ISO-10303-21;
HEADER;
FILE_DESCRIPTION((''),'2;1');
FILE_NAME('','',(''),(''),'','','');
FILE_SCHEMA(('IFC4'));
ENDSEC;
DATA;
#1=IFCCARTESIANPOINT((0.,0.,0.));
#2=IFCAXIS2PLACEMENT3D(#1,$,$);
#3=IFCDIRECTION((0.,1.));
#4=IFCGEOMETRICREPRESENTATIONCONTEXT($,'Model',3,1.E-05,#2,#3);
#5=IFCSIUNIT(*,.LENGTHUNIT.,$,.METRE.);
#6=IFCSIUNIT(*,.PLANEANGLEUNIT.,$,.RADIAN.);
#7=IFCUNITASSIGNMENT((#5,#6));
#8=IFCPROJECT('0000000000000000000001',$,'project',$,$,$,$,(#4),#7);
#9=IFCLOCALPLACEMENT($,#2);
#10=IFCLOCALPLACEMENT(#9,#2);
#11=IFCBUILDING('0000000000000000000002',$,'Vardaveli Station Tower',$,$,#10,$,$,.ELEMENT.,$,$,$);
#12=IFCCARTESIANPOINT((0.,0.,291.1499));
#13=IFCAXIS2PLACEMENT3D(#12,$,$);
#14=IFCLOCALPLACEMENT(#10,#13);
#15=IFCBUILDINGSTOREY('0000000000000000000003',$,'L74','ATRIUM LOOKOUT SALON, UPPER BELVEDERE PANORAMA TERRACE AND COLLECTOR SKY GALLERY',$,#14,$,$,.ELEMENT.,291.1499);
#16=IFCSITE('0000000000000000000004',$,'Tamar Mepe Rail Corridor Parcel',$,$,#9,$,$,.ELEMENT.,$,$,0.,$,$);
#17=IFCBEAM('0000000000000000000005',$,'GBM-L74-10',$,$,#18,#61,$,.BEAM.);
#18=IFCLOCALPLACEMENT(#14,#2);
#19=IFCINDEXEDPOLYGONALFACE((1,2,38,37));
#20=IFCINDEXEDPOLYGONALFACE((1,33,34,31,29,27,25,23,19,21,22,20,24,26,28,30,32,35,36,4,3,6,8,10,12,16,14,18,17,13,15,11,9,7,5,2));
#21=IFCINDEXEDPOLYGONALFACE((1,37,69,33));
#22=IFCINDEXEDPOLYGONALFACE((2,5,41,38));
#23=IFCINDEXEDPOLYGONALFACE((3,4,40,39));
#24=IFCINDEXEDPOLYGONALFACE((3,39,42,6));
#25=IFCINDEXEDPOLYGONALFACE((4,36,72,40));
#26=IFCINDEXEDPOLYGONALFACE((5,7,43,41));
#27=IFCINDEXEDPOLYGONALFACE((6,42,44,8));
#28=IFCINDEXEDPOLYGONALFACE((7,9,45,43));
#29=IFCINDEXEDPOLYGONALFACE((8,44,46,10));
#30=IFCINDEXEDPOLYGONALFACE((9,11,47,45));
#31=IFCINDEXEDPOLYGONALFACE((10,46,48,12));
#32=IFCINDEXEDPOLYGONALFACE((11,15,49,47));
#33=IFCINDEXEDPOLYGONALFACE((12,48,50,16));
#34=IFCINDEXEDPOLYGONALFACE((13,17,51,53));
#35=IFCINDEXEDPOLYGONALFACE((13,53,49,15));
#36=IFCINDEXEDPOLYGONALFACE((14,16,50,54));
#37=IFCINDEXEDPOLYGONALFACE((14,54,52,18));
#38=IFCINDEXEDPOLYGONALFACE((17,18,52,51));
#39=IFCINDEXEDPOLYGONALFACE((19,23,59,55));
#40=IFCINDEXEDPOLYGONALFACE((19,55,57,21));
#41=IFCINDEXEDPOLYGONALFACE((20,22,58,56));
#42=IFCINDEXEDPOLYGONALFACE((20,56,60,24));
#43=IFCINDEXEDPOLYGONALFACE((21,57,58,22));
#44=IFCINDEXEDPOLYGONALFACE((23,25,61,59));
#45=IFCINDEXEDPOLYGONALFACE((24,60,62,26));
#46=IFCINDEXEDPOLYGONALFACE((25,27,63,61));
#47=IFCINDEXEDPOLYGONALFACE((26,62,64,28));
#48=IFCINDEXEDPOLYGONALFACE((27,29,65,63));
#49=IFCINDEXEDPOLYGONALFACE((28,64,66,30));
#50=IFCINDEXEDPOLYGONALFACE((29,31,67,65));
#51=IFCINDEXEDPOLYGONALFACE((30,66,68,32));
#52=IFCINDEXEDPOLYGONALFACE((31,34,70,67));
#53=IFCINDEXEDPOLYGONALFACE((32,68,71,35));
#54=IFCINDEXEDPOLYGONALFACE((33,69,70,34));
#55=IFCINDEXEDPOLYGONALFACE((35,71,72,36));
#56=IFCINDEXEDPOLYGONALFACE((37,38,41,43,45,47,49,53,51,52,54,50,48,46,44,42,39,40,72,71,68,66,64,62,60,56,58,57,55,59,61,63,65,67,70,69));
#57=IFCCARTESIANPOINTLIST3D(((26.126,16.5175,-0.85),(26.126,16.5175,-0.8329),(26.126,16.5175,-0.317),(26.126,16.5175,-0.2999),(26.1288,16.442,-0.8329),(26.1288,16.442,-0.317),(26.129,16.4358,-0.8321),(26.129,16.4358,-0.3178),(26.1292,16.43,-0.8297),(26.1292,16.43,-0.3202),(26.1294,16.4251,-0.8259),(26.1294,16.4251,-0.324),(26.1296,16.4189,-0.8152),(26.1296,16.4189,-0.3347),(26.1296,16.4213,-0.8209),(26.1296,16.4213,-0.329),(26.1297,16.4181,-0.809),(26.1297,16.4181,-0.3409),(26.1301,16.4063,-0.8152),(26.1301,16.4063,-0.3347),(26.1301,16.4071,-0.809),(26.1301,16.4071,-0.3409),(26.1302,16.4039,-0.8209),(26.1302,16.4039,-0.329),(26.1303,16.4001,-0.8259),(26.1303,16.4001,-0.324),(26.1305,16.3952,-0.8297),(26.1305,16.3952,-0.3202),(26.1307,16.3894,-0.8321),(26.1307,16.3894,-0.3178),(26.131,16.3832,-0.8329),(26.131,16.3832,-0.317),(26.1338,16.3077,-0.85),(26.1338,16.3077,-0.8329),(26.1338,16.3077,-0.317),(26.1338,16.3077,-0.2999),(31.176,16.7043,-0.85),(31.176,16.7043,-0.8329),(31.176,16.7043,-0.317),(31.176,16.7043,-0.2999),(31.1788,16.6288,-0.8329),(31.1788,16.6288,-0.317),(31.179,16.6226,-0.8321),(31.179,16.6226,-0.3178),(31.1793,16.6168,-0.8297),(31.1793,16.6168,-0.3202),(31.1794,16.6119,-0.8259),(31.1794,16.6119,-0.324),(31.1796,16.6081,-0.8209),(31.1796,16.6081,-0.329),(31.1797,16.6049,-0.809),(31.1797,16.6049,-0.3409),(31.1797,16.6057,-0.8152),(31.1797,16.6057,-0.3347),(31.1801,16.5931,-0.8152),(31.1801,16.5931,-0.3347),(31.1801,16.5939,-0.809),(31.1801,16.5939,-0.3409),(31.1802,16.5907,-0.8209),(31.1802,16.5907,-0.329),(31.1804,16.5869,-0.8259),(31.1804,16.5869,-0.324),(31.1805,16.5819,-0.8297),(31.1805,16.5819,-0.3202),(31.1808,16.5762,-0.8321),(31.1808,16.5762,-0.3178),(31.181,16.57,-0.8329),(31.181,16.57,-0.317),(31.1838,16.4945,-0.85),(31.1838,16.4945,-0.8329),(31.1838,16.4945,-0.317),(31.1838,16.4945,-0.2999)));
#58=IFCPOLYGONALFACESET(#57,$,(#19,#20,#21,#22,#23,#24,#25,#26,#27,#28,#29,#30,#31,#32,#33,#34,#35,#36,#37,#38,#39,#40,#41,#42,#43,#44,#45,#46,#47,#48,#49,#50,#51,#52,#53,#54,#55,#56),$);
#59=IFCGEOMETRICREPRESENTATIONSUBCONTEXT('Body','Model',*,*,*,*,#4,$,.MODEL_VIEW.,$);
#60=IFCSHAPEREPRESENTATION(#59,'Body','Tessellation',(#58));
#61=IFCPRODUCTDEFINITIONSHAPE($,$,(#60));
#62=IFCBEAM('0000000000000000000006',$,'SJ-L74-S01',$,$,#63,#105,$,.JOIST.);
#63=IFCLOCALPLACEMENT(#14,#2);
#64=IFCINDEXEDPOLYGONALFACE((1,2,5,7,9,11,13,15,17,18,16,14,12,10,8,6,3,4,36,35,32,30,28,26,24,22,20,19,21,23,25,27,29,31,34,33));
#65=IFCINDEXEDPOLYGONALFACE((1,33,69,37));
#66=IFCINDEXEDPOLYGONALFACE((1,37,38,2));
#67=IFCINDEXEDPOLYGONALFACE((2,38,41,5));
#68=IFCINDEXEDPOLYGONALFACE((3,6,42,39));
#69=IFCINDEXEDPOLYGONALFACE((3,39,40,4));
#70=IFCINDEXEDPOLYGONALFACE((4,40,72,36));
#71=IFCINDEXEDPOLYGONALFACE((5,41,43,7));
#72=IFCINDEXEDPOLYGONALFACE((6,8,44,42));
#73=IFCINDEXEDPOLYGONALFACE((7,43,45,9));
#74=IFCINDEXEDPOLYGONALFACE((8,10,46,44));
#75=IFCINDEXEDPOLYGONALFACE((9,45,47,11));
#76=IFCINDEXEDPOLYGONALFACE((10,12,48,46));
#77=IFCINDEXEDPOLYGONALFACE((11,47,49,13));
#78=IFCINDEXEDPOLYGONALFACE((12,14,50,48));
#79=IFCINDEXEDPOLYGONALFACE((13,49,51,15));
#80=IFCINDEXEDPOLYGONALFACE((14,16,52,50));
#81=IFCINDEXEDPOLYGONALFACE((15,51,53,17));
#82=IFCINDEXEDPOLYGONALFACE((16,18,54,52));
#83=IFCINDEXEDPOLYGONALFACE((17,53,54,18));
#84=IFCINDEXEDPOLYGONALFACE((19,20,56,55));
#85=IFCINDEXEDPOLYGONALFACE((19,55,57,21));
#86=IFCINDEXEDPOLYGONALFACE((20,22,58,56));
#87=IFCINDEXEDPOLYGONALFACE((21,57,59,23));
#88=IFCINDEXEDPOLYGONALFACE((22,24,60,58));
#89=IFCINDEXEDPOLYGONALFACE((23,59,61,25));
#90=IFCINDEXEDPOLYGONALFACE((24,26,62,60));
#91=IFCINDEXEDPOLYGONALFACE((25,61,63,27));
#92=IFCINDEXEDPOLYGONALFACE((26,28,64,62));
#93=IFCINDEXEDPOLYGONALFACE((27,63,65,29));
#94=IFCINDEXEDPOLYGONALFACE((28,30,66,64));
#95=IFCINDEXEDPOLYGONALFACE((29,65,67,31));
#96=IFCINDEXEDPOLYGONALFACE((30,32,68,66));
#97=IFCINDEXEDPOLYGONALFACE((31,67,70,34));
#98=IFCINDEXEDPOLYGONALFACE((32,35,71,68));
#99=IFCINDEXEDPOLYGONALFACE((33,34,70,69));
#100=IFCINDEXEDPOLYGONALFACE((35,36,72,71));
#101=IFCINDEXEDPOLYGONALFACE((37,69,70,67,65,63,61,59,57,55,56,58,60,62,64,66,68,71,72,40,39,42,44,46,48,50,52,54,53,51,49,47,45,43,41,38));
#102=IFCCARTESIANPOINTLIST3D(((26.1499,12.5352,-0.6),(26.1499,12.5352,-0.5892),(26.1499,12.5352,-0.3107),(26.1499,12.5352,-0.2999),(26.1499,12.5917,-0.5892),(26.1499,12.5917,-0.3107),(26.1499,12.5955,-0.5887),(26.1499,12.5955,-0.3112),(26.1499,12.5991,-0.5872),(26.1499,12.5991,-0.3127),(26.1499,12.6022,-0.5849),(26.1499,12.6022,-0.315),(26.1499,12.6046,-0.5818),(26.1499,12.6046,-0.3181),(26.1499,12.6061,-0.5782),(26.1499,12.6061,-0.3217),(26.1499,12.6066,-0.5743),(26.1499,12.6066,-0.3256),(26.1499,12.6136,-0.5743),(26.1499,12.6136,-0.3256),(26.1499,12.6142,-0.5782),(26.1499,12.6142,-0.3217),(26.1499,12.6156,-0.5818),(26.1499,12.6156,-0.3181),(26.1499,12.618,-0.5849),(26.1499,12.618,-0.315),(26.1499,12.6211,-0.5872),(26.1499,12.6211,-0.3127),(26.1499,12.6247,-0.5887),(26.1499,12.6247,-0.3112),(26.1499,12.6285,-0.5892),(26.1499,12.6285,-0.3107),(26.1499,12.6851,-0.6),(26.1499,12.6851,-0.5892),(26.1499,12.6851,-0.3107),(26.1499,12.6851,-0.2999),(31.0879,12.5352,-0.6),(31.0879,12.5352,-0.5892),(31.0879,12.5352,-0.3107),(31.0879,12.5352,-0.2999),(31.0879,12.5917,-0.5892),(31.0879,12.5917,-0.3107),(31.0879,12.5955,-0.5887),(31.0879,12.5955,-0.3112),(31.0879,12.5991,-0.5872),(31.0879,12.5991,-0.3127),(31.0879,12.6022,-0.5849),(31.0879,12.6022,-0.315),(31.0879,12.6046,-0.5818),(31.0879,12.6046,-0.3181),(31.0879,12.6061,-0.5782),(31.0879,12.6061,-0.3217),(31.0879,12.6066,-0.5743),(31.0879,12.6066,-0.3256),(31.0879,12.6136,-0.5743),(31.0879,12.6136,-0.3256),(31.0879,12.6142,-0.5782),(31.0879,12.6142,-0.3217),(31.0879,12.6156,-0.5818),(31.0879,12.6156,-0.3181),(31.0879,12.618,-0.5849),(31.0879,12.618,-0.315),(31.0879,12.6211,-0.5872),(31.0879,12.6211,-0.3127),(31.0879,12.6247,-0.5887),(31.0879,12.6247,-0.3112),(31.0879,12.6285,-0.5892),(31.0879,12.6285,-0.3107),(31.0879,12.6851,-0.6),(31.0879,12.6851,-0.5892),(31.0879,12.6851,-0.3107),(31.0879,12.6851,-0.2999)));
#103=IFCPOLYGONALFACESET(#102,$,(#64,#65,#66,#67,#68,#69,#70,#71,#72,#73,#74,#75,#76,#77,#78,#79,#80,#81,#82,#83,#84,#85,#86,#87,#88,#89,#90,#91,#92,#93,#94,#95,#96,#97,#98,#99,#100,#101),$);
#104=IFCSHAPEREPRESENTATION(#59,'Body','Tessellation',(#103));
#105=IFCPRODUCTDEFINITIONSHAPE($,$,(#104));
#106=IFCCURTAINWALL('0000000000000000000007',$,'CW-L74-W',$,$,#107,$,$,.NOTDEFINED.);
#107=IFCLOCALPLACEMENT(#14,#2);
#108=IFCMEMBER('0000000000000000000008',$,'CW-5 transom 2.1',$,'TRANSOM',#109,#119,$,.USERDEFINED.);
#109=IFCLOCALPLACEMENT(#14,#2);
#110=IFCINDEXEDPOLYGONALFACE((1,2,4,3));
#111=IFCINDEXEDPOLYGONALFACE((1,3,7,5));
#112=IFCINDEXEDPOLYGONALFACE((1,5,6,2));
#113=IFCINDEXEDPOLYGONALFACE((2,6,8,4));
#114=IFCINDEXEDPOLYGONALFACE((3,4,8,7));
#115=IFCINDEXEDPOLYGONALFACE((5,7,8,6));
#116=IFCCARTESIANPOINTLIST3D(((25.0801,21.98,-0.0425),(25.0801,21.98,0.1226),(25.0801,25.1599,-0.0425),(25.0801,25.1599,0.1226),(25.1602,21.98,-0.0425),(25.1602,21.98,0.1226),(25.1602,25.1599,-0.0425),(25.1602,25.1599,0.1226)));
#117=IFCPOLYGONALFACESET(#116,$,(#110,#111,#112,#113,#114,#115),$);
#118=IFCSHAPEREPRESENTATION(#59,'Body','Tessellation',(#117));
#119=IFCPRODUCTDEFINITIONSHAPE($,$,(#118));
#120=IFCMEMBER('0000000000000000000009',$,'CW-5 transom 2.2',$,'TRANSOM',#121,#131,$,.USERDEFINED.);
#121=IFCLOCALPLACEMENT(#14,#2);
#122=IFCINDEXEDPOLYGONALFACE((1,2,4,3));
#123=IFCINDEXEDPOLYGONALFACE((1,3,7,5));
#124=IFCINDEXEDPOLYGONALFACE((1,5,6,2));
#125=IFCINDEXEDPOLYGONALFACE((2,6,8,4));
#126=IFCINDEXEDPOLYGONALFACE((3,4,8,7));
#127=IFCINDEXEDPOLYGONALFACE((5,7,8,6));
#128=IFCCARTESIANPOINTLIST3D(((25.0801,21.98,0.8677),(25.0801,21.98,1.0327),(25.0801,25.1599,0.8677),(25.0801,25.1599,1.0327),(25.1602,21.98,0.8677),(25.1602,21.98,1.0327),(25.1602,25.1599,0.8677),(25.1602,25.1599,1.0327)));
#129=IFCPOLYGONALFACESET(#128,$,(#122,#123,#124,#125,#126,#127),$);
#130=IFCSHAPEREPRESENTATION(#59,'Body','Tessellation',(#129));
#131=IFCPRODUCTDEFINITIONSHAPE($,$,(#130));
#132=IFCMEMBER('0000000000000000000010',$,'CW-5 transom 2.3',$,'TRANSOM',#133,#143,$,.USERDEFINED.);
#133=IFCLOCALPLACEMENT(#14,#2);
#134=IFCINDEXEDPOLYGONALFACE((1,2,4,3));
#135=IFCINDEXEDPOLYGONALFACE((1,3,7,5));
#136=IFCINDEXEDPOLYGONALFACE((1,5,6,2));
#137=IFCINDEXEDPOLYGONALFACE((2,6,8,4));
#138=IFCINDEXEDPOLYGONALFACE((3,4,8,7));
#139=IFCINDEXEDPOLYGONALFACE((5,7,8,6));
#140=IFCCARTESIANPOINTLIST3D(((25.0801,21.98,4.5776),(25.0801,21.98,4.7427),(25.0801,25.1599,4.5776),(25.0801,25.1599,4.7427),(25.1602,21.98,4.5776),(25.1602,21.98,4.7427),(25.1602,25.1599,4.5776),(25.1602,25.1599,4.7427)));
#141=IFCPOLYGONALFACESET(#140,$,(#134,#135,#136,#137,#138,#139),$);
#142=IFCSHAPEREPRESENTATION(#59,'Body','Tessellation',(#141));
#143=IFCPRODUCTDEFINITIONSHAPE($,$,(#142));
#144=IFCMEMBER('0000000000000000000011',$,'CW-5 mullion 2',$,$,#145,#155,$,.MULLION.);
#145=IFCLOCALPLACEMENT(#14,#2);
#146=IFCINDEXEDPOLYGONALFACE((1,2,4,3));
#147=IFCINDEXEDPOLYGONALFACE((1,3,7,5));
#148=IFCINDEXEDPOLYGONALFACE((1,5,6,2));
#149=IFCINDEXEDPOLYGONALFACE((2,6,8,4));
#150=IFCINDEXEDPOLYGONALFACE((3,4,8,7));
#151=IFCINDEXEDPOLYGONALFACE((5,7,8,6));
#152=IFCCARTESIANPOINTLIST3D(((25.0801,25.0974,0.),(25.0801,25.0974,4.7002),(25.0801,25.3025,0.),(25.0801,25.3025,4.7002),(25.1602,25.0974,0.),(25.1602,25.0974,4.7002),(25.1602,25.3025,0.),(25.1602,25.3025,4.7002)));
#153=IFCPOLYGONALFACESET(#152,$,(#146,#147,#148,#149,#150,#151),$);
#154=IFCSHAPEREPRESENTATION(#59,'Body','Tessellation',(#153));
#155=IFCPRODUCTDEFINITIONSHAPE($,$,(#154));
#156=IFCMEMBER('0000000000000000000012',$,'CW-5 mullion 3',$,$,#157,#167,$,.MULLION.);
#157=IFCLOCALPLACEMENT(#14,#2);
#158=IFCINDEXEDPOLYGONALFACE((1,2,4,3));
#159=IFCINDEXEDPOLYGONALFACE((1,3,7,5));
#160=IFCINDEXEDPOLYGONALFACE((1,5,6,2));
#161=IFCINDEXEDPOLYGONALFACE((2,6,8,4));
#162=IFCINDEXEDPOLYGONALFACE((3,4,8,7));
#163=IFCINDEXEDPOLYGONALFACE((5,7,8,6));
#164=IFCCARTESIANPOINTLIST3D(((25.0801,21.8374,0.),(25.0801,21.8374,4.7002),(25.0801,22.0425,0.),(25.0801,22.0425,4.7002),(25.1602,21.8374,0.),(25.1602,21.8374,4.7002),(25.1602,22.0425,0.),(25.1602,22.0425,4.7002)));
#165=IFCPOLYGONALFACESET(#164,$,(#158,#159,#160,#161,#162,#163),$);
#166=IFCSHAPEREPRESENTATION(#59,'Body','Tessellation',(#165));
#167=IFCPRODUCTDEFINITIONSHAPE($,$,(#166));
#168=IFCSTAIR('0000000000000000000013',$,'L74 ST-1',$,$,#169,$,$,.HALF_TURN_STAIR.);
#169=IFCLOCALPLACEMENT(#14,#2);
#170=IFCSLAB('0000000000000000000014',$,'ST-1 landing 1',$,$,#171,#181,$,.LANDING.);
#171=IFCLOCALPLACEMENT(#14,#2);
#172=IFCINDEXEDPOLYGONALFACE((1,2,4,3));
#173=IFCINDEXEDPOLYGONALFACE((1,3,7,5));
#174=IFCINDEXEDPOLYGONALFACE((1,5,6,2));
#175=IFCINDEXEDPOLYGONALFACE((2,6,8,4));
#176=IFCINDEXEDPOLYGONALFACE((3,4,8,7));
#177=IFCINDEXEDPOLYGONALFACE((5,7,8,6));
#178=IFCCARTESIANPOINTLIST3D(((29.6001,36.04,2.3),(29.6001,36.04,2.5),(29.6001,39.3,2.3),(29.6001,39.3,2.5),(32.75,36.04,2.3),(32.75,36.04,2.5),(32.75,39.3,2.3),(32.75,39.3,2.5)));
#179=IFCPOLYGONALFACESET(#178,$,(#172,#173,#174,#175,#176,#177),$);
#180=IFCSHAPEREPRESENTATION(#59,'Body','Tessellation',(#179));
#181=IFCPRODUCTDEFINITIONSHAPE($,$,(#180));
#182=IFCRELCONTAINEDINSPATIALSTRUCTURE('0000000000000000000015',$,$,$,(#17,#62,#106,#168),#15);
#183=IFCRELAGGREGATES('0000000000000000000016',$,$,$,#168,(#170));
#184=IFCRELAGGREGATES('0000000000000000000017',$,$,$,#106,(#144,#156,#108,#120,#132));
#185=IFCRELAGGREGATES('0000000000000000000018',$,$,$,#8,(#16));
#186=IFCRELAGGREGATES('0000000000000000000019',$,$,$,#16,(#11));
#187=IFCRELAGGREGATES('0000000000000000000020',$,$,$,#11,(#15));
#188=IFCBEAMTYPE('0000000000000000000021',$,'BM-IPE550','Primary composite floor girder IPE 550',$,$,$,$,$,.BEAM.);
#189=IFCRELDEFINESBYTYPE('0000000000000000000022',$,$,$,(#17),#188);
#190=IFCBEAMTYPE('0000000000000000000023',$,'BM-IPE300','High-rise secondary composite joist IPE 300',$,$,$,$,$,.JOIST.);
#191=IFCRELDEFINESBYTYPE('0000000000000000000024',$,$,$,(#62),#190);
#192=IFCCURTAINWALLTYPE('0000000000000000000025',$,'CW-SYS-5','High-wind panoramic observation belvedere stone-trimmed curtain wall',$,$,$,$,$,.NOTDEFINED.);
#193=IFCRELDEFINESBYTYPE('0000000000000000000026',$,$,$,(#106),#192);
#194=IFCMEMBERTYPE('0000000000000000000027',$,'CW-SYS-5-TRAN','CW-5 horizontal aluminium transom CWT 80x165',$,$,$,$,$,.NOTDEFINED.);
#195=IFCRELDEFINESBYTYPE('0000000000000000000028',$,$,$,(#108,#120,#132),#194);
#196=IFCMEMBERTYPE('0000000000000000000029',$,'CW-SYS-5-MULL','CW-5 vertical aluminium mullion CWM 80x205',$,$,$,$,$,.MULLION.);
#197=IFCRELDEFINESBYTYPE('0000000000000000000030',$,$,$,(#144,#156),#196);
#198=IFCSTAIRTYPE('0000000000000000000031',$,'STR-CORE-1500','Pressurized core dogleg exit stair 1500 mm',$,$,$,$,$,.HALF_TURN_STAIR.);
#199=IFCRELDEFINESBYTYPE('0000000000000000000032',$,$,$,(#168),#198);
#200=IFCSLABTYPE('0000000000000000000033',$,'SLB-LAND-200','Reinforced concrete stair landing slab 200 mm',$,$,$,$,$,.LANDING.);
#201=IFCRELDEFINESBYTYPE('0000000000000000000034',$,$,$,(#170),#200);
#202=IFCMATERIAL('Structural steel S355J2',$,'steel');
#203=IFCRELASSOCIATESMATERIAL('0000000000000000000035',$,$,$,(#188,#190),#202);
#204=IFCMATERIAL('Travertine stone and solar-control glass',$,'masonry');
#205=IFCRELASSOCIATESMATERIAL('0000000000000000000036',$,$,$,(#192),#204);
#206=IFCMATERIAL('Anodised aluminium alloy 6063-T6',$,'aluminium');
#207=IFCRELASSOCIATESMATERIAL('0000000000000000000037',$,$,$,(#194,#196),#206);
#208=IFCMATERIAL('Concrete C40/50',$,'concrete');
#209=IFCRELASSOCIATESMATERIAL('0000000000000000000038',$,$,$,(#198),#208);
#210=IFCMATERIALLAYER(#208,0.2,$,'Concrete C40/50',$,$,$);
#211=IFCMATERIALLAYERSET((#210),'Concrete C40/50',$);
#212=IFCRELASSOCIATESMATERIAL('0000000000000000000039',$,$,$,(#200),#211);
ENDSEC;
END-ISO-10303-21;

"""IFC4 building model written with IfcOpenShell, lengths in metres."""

from ifc_helpers import new_model, si_unit, direction, frame, origin, origin_2d, place, context, subcontext, project, spatial, polyline, rectangle, i_section, outline, extrude, source, transform, mapped, material, layer, layer_set, material_profile, profile_set, type_object, element, aggregate, save


model = new_model("IFC4")

# Units and contexts
model_context = context("Model", 3, precision=1e-05, world=origin(), true_north=direction((0.0, 1.0)))
body_context = subcontext(model_context, "Body", "Model", "MODEL_VIEW")
ifc_project = project(units=[si_unit("LENGTHUNIT", "METRE"), si_unit("PLANEANGLEUNIT", "RADIAN")], contexts=[model_context])

# Site, building, storey
site_placement = place(None, origin())
site = spatial("IfcSite", under=ifc_project, at=site_placement, Name="Tamar Mepe Rail Corridor Parcel", CompositionType="ELEMENT", RefElevation=0.0)
building_placement = place(site_placement, origin())
building = spatial("IfcBuilding", under=site, at=building_placement, Name="Vardaveli Station Tower", CompositionType="ELEMENT")
storey_placement = place(building_placement, frame((0.0, 0.0, 291.1499)))
storey = spatial("IfcBuildingStorey", under=building, at=storey_placement, Name="L74", Description="ATRIUM LOOKOUT SALON, UPPER BELVEDERE PANORAMA TERRACE AND COLLECTOR SKY GALLERY", CompositionType="ELEMENT", Elevation=291.1499)

# Shared definitions
ifc_material_1 = material(Name="Structural steel S355J2", Category="steel")

# Beams
ifc_material_profile_1 = material_profile(ifc_material_1, i_section(OverallWidth=0.21, OverallDepth=0.55, WebThickness=0.011, FlangeThickness=0.0171, FilletRadius=0.0239, at=origin_2d()), Name="IPE 550")
ifc_profile_set_1 = profile_set([ifc_material_profile_1], Name="Structural steel S355J2")
beam_type_1 = type_object("IfcBeamType", Name="BM-IPE550", Description="Primary composite floor girder IPE 550", PredefinedType="BEAM", material=ifc_profile_set_1)
shared_shape_1 = source(origin(), body_context, "Body", "SweptSolid", [
    extrude(i_section(OverallWidth=0.21, OverallDepth=0.55, WebThickness=0.011, FlangeThickness=0.0171, FilletRadius=0.0239, at=origin_2d()), origin(), (0.0, 0.0, 1.0), 5.0535),
])
beam_1_placement = place(storey_placement, frame((26.1299, 16.4126, -0.575), z_axis=(0.999317, 0.036958, 0.0), x_axis=(-0.036958, 0.999317, 0.0)))
element("IfcBeam", 1, at=beam_1_placement, inside=storey, type_object=beam_type_1, Name="GBM-L74-10", PredefinedType="BEAM", context=body_context, shape_type="MappedRepresentation", body=[
    mapped(shared_shape_1, transform((0.0, 0.0, 0.0), scale=1.0)),
])
ifc_material_profile_2 = material_profile(ifc_material_1, i_section(OverallWidth=0.1499, OverallDepth=0.3, WebThickness=0.0071, FlangeThickness=0.0107, FilletRadius=0.0149, at=origin_2d()), Name="IPE 300")
ifc_profile_set_2 = profile_set([ifc_material_profile_2], Name="Structural steel S355J2")
beam_type_2 = type_object("IfcBeamType", Name="BM-IPE300", Description="High-rise secondary composite joist IPE 300", PredefinedType="JOIST", material=ifc_profile_set_2)
shared_shape_2 = source(origin(), body_context, "Body", "SweptSolid", [
    extrude(i_section(OverallWidth=0.1499, OverallDepth=0.3, WebThickness=0.0071, FlangeThickness=0.0107, FilletRadius=0.0149, at=origin_2d()), origin(), (0.0, 0.0, 1.0), 4.938),
])
beam_2_placement = place(storey_placement, frame((26.1499, 12.6101, -0.45), z_axis=(1.0, 0.0, 0.0), x_axis=(0.0, 1.0, 0.0)))
element("IfcBeam", 2, at=beam_2_placement, inside=storey, type_object=beam_type_2, Name="SJ-L74-S01", PredefinedType="JOIST", context=body_context, shape_type="MappedRepresentation", body=[
    mapped(shared_shape_2, transform((0.0, 0.0, 0.0), scale=1.0)),
])

# Curtain wall, members
ifc_material_2 = material(Name="Travertine stone and solar-control glass", Category="masonry")
curtain_wall_type = type_object("IfcCurtainWallType", Name="CW-SYS-5", Description="High-wind panoramic observation belvedere stone-trimmed curtain wall", PredefinedType="NOTDEFINED", material=ifc_material_2)
curtain_wall_placement = place(storey_placement, origin())
curtain_wall = element("IfcCurtainWall", 3, at=curtain_wall_placement, inside=storey, type_object=curtain_wall_type, Name="CW-L74-W", PredefinedType="NOTDEFINED")
ifc_material_3 = material(Name="Anodised aluminium alloy 6063-T6", Category="aluminium")
ifc_material_profile_3 = material_profile(ifc_material_3, rectangle(XDim=0.0801, YDim=0.165, at=origin_2d()), Name="CWT 80x165")
ifc_profile_set_3 = profile_set([ifc_material_profile_3], Name="Anodised aluminium alloy 6063-T6")
member_type_1 = type_object("IfcMemberType", Name="CW-SYS-5-TRAN", Description="CW-5 horizontal aluminium transom CWT 80x165", PredefinedType="NOTDEFINED", material=ifc_profile_set_3)
shared_shape_3 = source(origin(), body_context, "Body", "SweptSolid", [
    extrude(rectangle(XDim=0.0801, YDim=0.165, at=origin_2d()), origin(), (0.0, 0.0, 1.0), 3.1799),
])
member_1_placement = place(storey_placement, frame((25.1201, 25.1599, 0.04), z_axis=(0.0, -1.0, 0.0), x_axis=(1.0, 0.0, 0.0)))
member_1 = element("IfcMember", 4, at=member_1_placement, type_object=member_type_1, Name="CW-5 transom 2.1", ObjectType="TRANSOM", PredefinedType="USERDEFINED", context=body_context, shape_type="MappedRepresentation", body=[
    mapped(shared_shape_3, transform((0.0, 0.0, 0.0), scale=1.0)),
])
member_2_placement = place(storey_placement, frame((25.1201, 25.1599, 0.9502), z_axis=(0.0, -1.0, 0.0), x_axis=(1.0, 0.0, 0.0)))
member_2 = element("IfcMember", 5, at=member_2_placement, type_object=member_type_1, Name="CW-5 transom 2.2", ObjectType="TRANSOM", PredefinedType="USERDEFINED", context=body_context, shape_type="MappedRepresentation", body=[
    mapped(shared_shape_3, transform((0.0, 0.0, 0.0), scale=1.0)),
])
member_3_placement = place(storey_placement, frame((25.1201, 25.1599, 4.6602), z_axis=(0.0, -1.0, 0.0), x_axis=(1.0, 0.0, 0.0)))
member_3 = element("IfcMember", 6, at=member_3_placement, type_object=member_type_1, Name="CW-5 transom 2.3", ObjectType="TRANSOM", PredefinedType="USERDEFINED", context=body_context, shape_type="MappedRepresentation", body=[
    mapped(shared_shape_3, transform((0.0, 0.0, 0.0), scale=1.0)),
])
ifc_material_profile_4 = material_profile(ifc_material_3, rectangle(XDim=0.0801, YDim=0.2051, at=origin_2d()), Name="CWM 80x205")
ifc_profile_set_4 = profile_set([ifc_material_profile_4], Name="Anodised aluminium alloy 6063-T6")
member_type_2 = type_object("IfcMemberType", Name="CW-SYS-5-MULL", Description="CW-5 vertical aluminium mullion CWM 80x205", PredefinedType="MULLION", material=ifc_profile_set_4)
shared_shape_4 = source(origin(), body_context, "Body", "SweptSolid", [
    extrude(rectangle(XDim=0.0801, YDim=0.2051, at=origin_2d()), origin(), (0.0, 0.0, 1.0), 4.7002),
])
member_4_placement = place(storey_placement, frame((25.1201, 25.2, 0.0), z_axis=(0.0, 0.0, 1.0), x_axis=(1.0, 0.0, 0.0)))
member_4 = element("IfcMember", 7, at=member_4_placement, type_object=member_type_2, Name="CW-5 mullion 2", PredefinedType="MULLION", context=body_context, shape_type="MappedRepresentation", body=[
    mapped(shared_shape_4, transform((0.0, 0.0, 0.0), scale=1.0)),
])
member_5_placement = place(storey_placement, frame((25.1201, 21.9399, 0.0), z_axis=(0.0, 0.0, 1.0), x_axis=(1.0, 0.0, 0.0)))
member_5 = element("IfcMember", 8, at=member_5_placement, type_object=member_type_2, Name="CW-5 mullion 3", PredefinedType="MULLION", context=body_context, shape_type="MappedRepresentation", body=[
    mapped(shared_shape_4, transform((0.0, 0.0, 0.0), scale=1.0)),
])

# Stair, slab
ifc_material_4 = material(Name="Concrete C40/50", Category="concrete")
stair_type = type_object("IfcStairType", Name="STR-CORE-1500", Description="Pressurized core dogleg exit stair 1500 mm", PredefinedType="HALF_TURN_STAIR", material=ifc_material_4)
stair_1_placement = place(storey_placement, origin())
stair_1 = element("IfcStair", 9, at=stair_1_placement, inside=storey, type_object=stair_type, Name="L74 ST-1", PredefinedType="HALF_TURN_STAIR")
ifc_layer_1 = layer(ifc_material_4, 0.2, Name="Concrete C40/50")
ifc_layer_set_1 = layer_set([ifc_layer_1], Name="Concrete C40/50")
slab_type_1 = type_object("IfcSlabType", Name="SLB-LAND-200", Description="Reinforced concrete stair landing slab 200 mm", PredefinedType="LANDING", material=ifc_layer_set_1)
slab_1_placement = place(storey_placement, frame((0.0, 0.0, 2.3)))
slab_1 = element("IfcSlab", 10, at=slab_1_placement, type_object=slab_type_1, Name="ST-1 landing 1", PredefinedType="LANDING", context=body_context, shape_type="SweptSolid", body=[
    extrude(outline(polyline([(32.75, 36.04), (32.75, 39.3), (29.6001, 39.3), (29.6001, 36.04), (32.75, 36.04)])), origin(), (0.0, 0.0, 1.0), 0.2),
])
aggregate(stair_1, [slab_1])

aggregate(curtain_wall, [member_4, member_5, member_1, member_2, member_3])

save(model, "model.ifc")
